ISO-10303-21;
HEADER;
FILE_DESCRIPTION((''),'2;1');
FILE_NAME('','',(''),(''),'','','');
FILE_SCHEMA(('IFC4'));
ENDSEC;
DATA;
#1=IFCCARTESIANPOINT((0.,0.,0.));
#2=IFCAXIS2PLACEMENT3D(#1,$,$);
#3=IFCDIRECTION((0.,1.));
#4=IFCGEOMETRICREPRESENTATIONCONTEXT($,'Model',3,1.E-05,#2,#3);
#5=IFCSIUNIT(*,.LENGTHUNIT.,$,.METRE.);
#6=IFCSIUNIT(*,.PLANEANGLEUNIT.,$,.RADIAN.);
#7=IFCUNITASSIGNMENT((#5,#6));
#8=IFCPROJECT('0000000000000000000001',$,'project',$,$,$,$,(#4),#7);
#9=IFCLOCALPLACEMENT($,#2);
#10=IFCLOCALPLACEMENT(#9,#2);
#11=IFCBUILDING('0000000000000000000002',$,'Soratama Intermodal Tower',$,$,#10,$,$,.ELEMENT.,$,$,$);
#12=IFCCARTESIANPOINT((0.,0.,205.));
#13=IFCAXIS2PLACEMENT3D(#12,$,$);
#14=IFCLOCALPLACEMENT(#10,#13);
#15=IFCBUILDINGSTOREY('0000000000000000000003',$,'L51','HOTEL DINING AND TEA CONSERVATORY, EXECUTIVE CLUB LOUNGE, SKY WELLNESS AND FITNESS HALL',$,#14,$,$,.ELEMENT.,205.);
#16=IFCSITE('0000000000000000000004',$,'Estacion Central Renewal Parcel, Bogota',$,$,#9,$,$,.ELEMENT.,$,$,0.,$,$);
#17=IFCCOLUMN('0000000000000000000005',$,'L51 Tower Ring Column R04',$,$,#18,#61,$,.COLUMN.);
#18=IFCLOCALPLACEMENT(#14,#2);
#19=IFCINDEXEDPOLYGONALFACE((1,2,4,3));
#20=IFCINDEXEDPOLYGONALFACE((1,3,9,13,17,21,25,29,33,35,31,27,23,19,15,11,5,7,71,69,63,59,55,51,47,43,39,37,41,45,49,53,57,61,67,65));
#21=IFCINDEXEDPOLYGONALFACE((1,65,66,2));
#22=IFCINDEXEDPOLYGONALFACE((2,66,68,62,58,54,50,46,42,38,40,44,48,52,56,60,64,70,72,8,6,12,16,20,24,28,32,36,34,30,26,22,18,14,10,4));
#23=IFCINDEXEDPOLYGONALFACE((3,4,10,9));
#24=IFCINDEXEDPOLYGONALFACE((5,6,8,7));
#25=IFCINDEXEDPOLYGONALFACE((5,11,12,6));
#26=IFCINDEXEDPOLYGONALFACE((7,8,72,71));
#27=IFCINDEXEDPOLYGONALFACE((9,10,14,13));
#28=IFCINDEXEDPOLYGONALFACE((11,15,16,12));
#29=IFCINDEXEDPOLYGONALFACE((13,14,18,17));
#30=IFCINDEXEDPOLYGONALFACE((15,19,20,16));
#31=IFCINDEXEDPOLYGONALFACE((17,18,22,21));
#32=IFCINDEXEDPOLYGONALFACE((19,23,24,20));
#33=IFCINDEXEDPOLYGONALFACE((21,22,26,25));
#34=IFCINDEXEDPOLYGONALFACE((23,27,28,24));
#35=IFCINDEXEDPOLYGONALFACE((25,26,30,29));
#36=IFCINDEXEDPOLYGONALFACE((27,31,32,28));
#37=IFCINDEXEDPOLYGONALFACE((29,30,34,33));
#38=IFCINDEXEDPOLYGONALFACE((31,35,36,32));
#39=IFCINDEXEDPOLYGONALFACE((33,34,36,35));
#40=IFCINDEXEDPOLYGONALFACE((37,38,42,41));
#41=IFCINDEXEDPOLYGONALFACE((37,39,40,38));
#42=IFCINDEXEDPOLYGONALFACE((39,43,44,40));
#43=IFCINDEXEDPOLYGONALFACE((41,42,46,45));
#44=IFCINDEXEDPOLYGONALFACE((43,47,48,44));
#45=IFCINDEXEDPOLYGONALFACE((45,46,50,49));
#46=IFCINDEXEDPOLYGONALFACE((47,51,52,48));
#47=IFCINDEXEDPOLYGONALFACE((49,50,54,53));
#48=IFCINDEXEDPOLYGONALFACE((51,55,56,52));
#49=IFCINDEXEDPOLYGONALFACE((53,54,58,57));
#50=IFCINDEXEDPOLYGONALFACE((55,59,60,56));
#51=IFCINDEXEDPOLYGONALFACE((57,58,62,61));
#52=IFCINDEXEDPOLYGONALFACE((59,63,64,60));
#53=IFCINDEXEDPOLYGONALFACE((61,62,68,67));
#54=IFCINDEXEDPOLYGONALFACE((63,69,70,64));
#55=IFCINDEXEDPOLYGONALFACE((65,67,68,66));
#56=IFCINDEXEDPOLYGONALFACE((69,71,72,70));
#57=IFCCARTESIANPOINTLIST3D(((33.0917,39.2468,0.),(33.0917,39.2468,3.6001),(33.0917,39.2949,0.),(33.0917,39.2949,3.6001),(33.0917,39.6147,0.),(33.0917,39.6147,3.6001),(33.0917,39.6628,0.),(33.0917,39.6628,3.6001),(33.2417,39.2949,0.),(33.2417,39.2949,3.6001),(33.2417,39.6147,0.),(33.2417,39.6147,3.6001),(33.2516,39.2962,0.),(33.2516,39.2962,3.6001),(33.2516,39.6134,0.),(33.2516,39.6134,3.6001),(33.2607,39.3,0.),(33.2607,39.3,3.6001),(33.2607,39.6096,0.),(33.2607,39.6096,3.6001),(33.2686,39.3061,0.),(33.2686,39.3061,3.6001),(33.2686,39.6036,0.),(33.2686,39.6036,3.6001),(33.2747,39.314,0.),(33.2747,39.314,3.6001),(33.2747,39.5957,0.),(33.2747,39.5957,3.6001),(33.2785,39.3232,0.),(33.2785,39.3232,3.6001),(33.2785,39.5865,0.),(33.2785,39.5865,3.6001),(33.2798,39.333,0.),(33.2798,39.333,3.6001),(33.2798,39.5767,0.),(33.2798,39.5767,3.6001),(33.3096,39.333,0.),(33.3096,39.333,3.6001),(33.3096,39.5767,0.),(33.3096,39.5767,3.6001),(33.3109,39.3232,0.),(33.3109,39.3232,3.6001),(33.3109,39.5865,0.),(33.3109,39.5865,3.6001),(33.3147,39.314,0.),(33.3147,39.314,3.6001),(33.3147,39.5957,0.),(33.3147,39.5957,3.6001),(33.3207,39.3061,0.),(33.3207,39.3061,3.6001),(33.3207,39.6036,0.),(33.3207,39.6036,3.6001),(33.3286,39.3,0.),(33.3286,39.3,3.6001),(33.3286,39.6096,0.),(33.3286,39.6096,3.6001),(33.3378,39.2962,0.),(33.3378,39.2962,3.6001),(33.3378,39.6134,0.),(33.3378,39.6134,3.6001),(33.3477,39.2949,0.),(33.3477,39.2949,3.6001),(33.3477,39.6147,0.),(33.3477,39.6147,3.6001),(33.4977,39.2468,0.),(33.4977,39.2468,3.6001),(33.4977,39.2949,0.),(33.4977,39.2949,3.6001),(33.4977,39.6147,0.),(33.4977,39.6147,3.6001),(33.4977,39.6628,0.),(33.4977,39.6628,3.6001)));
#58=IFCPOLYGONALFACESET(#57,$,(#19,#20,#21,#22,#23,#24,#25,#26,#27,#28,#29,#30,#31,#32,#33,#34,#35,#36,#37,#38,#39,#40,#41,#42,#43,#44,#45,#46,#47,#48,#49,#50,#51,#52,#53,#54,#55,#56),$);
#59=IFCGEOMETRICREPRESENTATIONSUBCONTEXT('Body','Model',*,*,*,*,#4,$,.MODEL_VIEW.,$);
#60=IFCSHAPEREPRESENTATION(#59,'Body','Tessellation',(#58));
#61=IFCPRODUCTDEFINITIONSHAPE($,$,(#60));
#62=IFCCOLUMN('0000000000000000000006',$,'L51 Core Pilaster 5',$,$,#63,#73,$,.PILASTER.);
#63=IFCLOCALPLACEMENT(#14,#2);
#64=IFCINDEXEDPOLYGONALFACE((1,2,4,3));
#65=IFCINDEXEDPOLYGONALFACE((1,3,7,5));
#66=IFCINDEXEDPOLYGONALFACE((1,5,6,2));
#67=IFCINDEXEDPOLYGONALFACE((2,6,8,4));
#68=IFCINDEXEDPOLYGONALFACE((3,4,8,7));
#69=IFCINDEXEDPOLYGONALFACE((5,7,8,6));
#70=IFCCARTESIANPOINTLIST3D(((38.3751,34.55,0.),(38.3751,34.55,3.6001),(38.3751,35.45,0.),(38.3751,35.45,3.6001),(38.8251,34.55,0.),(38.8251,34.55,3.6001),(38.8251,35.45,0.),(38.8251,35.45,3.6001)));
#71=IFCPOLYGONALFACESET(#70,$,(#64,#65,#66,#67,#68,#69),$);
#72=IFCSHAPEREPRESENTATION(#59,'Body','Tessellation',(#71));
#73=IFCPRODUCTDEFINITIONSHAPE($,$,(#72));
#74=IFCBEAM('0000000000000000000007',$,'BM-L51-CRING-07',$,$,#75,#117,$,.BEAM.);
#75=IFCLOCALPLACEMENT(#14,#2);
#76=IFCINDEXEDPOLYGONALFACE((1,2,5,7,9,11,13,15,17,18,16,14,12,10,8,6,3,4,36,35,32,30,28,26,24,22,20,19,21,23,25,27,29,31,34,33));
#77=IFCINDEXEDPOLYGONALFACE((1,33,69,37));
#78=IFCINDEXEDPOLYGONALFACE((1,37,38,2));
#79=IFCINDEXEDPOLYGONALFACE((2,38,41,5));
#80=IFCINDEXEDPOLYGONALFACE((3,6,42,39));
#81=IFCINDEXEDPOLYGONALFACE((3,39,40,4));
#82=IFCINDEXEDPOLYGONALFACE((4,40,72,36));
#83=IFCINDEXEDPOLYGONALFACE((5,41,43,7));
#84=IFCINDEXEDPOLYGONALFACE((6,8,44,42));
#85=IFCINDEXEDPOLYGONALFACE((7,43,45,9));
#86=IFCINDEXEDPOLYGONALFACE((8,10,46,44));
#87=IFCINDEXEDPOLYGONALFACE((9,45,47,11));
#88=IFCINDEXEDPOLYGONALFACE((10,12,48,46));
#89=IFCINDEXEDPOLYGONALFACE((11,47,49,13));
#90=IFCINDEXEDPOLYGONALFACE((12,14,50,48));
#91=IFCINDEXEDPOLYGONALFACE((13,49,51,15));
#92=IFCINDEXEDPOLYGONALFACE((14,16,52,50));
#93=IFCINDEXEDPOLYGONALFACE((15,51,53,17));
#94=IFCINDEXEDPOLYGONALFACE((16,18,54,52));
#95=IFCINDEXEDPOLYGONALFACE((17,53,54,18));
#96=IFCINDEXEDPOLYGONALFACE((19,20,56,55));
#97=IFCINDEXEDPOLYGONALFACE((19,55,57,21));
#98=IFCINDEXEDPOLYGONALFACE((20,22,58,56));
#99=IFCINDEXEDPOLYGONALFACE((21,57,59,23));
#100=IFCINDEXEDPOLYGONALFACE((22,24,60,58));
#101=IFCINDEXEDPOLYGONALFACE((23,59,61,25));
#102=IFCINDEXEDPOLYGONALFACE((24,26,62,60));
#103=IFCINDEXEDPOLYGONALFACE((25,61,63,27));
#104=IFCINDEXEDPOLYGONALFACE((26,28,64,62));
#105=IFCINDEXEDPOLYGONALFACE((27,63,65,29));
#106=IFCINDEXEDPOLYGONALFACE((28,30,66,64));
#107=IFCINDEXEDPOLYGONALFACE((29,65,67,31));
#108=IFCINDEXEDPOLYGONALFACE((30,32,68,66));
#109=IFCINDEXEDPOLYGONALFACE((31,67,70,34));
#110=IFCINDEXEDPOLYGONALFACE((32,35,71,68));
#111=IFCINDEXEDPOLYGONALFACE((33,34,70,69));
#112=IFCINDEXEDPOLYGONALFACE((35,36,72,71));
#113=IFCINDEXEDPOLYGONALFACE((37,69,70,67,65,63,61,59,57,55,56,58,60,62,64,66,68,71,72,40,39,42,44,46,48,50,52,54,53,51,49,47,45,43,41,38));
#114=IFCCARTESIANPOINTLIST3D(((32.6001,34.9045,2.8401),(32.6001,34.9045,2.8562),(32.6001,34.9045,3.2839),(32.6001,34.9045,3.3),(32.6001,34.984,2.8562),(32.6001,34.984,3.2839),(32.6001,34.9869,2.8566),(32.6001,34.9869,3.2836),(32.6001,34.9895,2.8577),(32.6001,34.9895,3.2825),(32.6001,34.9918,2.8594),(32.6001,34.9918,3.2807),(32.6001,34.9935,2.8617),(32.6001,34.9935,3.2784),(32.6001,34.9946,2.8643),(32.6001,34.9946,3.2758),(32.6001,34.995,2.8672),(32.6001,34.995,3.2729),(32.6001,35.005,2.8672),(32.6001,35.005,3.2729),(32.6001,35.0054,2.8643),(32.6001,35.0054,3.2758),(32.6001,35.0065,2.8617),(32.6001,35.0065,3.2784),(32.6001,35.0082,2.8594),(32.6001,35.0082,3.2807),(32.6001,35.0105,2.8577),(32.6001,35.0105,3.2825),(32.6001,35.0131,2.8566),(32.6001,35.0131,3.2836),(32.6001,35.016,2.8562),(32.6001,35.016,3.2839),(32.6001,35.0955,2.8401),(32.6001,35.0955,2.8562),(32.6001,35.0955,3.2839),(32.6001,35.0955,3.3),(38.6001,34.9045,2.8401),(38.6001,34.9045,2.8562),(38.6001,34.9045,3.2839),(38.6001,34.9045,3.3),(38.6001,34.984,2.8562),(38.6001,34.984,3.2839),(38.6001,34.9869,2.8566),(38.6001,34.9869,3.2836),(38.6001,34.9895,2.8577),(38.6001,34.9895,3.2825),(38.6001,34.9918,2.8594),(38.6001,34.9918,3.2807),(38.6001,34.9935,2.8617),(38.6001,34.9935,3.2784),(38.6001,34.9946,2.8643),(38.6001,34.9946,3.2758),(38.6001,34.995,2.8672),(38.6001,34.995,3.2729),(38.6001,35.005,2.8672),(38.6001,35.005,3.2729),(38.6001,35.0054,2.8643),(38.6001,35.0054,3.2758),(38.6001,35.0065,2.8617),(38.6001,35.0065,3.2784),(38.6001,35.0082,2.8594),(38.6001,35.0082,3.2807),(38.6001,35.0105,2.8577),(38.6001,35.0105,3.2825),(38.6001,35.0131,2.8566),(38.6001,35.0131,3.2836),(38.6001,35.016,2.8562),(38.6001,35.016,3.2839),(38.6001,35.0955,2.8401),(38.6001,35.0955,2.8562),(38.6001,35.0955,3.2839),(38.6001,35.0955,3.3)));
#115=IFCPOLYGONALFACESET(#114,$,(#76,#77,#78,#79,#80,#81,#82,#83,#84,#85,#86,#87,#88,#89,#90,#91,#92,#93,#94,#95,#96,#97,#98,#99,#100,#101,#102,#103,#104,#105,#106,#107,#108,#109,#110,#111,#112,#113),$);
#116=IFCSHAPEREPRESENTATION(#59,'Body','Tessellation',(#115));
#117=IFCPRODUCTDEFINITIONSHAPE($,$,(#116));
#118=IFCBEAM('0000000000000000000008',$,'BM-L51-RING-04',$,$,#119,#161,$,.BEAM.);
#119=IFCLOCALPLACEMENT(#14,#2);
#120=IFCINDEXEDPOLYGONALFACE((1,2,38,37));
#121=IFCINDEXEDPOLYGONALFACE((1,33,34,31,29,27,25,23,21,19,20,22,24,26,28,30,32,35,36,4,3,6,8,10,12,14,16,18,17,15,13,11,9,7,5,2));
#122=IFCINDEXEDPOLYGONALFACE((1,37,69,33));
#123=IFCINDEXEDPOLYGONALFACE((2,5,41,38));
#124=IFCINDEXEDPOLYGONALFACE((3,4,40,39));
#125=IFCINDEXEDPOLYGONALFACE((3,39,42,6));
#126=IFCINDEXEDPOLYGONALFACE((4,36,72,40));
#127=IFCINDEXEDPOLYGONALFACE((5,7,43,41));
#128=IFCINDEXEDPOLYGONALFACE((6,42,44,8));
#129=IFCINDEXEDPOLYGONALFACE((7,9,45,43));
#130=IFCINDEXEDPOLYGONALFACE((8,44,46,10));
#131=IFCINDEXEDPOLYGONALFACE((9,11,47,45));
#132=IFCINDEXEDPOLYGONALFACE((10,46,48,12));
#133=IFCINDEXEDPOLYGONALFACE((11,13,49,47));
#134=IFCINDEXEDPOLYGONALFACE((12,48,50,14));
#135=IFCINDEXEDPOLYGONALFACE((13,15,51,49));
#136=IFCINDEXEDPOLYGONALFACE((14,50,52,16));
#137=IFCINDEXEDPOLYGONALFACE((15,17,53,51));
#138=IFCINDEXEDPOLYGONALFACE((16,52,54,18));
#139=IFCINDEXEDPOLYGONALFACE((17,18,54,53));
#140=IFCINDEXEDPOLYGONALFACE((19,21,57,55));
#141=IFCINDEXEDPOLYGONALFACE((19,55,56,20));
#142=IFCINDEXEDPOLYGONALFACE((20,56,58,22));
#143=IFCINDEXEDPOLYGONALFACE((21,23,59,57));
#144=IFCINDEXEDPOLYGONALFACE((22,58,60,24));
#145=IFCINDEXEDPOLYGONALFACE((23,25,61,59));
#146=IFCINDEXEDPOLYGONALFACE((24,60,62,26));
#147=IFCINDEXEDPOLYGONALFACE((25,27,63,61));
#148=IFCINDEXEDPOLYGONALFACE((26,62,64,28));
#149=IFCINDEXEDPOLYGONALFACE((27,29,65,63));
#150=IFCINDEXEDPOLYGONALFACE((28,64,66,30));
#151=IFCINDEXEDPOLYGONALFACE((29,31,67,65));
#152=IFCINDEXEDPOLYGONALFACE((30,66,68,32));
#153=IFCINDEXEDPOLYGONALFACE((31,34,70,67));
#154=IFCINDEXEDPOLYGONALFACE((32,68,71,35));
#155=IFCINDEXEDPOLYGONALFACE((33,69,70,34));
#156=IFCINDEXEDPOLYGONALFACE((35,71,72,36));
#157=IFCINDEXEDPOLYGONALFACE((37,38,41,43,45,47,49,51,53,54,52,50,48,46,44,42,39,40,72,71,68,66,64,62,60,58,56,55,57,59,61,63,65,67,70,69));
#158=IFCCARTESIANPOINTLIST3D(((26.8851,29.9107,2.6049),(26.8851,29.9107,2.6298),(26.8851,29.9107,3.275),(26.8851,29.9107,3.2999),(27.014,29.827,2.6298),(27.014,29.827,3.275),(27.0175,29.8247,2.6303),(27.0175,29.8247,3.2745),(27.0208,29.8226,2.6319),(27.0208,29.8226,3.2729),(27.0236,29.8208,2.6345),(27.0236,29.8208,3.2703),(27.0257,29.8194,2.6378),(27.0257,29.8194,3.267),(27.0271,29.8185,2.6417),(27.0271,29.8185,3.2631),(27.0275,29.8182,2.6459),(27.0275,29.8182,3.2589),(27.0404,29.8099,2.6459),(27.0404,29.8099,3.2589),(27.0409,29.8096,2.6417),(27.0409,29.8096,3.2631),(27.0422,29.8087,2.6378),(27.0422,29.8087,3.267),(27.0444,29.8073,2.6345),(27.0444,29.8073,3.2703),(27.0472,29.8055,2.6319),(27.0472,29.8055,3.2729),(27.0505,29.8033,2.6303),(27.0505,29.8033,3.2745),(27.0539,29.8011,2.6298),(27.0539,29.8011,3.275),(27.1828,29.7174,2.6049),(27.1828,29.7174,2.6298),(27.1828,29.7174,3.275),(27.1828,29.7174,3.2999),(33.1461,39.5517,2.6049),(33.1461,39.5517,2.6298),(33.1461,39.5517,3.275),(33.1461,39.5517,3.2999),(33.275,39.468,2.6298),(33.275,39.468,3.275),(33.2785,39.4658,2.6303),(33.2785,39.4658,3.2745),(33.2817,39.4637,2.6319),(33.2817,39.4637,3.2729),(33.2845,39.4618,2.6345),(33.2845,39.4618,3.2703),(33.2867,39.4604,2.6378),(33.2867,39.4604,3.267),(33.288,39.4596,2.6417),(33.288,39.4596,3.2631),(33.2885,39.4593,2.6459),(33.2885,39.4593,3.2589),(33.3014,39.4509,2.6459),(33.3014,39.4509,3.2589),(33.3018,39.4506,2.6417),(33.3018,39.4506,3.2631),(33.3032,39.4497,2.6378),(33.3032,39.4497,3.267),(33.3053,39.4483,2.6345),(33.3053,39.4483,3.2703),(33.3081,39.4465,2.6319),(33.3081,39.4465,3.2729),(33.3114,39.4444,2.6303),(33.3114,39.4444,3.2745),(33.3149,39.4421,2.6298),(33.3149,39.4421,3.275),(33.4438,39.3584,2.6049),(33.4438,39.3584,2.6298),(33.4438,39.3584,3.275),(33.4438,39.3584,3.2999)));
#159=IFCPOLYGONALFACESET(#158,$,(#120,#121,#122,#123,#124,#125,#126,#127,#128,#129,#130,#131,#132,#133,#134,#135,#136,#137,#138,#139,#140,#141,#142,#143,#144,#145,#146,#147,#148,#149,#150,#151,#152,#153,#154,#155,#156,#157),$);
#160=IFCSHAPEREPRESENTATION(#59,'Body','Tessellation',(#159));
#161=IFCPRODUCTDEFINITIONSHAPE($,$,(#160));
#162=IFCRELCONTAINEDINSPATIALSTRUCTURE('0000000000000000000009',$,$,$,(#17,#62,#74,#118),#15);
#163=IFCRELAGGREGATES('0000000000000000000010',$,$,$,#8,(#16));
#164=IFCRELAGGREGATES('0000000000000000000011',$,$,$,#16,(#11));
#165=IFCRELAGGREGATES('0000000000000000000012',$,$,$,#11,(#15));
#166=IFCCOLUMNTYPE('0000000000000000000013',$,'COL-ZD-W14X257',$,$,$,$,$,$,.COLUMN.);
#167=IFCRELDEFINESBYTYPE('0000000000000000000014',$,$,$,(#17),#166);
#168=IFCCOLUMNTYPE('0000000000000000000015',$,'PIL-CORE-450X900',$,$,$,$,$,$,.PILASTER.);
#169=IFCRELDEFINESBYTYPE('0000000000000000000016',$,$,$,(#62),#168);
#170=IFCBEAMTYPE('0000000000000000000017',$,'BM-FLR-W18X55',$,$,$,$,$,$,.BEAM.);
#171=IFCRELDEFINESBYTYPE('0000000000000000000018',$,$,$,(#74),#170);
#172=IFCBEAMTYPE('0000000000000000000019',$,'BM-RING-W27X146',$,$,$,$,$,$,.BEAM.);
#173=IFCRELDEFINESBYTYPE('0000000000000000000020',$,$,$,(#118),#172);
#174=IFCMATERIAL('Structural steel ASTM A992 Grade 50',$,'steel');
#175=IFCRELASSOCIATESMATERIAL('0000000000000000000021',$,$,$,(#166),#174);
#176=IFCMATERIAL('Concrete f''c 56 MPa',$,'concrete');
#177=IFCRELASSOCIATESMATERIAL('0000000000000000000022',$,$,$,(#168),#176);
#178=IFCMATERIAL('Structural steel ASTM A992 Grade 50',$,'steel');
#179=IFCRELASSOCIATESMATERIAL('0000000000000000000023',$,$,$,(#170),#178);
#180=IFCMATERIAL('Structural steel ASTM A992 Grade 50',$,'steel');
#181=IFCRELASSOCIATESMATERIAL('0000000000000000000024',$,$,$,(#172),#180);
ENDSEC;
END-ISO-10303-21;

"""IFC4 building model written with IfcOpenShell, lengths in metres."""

from ifc_helpers import new_model, si_unit, direction, frame, origin, origin_2d, place, context, subcontext, project, spatial, rectangle, i_section, extrude, material, material_profile, profile_set, type_object, element, save


model = new_model("IFC4")

# Units and contexts
model_context = context("Model", 3, precision=1e-05, world=origin(), true_north=direction((0.0, 1.0)))
body_context = subcontext(model_context, "Body", "Model", "MODEL_VIEW")
ifc_project = project(units=[si_unit("LENGTHUNIT", "METRE"), si_unit("PLANEANGLEUNIT", "RADIAN")], contexts=[model_context])

# Site, building, storey
site_placement = place(None, origin())
site = spatial("IfcSite", under=ifc_project, at=site_placement, Name="Estacion Central Renewal Parcel, Bogota", CompositionType="ELEMENT", RefElevation=0.0)
building_placement = place(site_placement, origin())
building = spatial("IfcBuilding", under=site, at=building_placement, Name="Soratama Intermodal Tower", CompositionType="ELEMENT")
storey_placement = place(building_placement, frame((0.0, 0.0, 205.0)))
storey = spatial("IfcBuildingStorey", under=building, at=storey_placement, Name="L51", Description="HOTEL DINING AND TEA CONSERVATORY, EXECUTIVE CLUB LOUNGE, SKY WELLNESS AND FITNESS HALL", CompositionType="ELEMENT", Elevation=205.0)

# Columns
ifc_material_1 = material(Name="Structural steel ASTM A992 Grade 50", Category="steel")
ifc_material_profile_1 = material_profile(ifc_material_1, i_section(OverallWidth=0.406, OverallDepth=0.416, WebThickness=0.0298, FlangeThickness=0.0481, FilletRadius=0.0381, at=origin_2d()), Name="W14X257")
ifc_profile_set_1 = profile_set([ifc_material_profile_1], Name="Structural steel ASTM A992 Grade 50")
column_type_1 = type_object("IfcColumnType", Name="COL-ZD-W14X257", PredefinedType="COLUMN", material=ifc_profile_set_1)
column_1_placement = place(storey_placement, frame((33.2947, 39.4548, 0.0), z_axis=(0.0, 0.0, 1.0), x_axis=(1.0, 0.0, 0.0)))
element("IfcColumn", 1, at=column_1_placement, inside=storey, type_object=column_type_1, Name="L51 Tower Ring Column R04", PredefinedType="COLUMN", context=body_context, shape_type="SweptSolid", body=[
    extrude(i_section(OverallWidth=0.406, OverallDepth=0.416, WebThickness=0.0298, FlangeThickness=0.0481, FilletRadius=0.0381, at=origin_2d()), origin(), (0.0, 0.0, 1.0), 3.6001),
])
ifc_material_2 = material(Name="Concrete f'c 56 MPa", Category="concrete")
ifc_material_profile_2 = material_profile(ifc_material_2, rectangle(XDim=0.45, YDim=0.8999, at=origin_2d()), Name="RC450X900")
ifc_profile_set_2 = profile_set([ifc_material_profile_2], Name="Concrete f'c 56 MPa")
column_type_2 = type_object("IfcColumnType", Name="PIL-CORE-450X900", PredefinedType="PILASTER", material=ifc_profile_set_2)
column_2_placement = place(storey_placement, frame((38.6001, 35.0, 0.0), z_axis=(0.0, 0.0, 1.0), x_axis=(1.0, 0.0, 0.0)))
element("IfcColumn", 2, at=column_2_placement, inside=storey, type_object=column_type_2, Name="L51 Core Pilaster 5", PredefinedType="PILASTER", context=body_context, shape_type="SweptSolid", body=[
    extrude(rectangle(XDim=0.45, YDim=0.8999, at=origin_2d()), origin(), (0.0, 0.0, 1.0), 3.6001),
])

# Beams
ifc_material_3 = material(Name="Structural steel ASTM A992 Grade 50", Category="steel")
ifc_material_profile_3 = material_profile(ifc_material_3, i_section(OverallWidth=0.1909, OverallDepth=0.46, WebThickness=0.01, FlangeThickness=0.0161, FilletRadius=0.011, at=origin_2d()), Name="W18X55")
ifc_profile_set_3 = profile_set([ifc_material_profile_3], Name="Structural steel ASTM A992 Grade 50")
beam_type_1 = type_object("IfcBeamType", Name="BM-FLR-W18X55", PredefinedType="BEAM", material=ifc_profile_set_3)
beam_1_placement = place(storey_placement, frame((38.6001, 35.0, 3.0701), z_axis=(-1.0, 0.0, 0.0), x_axis=(0.0, -1.0, 0.0)))
element("IfcBeam", 3, at=beam_1_placement, inside=storey, type_object=beam_type_1, Name="BM-L51-CRING-07", PredefinedType="BEAM", context=body_context, shape_type="SweptSolid", body=[
    extrude(i_section(OverallWidth=0.1909, OverallDepth=0.46, WebThickness=0.01, FlangeThickness=0.0161, FilletRadius=0.011, at=origin_2d()), origin(), (0.0, 0.0, 1.0), 6.0),
])
ifc_material_4 = material(Name="Structural steel ASTM A992 Grade 50", Category="steel")
ifc_material_profile_4 = material_profile(ifc_material_4, i_section(OverallWidth=0.355, OverallDepth=0.6951, WebThickness=0.0154, FlangeThickness=0.0249, FilletRadius=0.0161, at=origin_2d()), Name="W27X146")
ifc_profile_set_4 = profile_set([ifc_material_profile_4], Name="Structural steel ASTM A992 Grade 50")
beam_type_2 = type_object("IfcBeamType", Name="BM-RING-W27X146", PredefinedType="BEAM", material=ifc_profile_set_4)
beam_2_placement = place(storey_placement, frame((33.2949, 39.4551, 2.9524), z_axis=(-0.544637, -0.838672, 0.0), x_axis=(0.838672, -0.544637, 0.0)))
element("IfcBeam", 4, at=beam_2_placement, inside=storey, type_object=beam_type_2, Name="BM-L51-RING-04", PredefinedType="BEAM", context=body_context, shape_type="SweptSolid", body=[
    extrude(i_section(OverallWidth=0.355, OverallDepth=0.6951, WebThickness=0.0154, FlangeThickness=0.0249, FilletRadius=0.0161, at=origin_2d()), origin(), (0.0, 0.0, 1.0), 11.4956),
])

save(model, "model.ifc")
